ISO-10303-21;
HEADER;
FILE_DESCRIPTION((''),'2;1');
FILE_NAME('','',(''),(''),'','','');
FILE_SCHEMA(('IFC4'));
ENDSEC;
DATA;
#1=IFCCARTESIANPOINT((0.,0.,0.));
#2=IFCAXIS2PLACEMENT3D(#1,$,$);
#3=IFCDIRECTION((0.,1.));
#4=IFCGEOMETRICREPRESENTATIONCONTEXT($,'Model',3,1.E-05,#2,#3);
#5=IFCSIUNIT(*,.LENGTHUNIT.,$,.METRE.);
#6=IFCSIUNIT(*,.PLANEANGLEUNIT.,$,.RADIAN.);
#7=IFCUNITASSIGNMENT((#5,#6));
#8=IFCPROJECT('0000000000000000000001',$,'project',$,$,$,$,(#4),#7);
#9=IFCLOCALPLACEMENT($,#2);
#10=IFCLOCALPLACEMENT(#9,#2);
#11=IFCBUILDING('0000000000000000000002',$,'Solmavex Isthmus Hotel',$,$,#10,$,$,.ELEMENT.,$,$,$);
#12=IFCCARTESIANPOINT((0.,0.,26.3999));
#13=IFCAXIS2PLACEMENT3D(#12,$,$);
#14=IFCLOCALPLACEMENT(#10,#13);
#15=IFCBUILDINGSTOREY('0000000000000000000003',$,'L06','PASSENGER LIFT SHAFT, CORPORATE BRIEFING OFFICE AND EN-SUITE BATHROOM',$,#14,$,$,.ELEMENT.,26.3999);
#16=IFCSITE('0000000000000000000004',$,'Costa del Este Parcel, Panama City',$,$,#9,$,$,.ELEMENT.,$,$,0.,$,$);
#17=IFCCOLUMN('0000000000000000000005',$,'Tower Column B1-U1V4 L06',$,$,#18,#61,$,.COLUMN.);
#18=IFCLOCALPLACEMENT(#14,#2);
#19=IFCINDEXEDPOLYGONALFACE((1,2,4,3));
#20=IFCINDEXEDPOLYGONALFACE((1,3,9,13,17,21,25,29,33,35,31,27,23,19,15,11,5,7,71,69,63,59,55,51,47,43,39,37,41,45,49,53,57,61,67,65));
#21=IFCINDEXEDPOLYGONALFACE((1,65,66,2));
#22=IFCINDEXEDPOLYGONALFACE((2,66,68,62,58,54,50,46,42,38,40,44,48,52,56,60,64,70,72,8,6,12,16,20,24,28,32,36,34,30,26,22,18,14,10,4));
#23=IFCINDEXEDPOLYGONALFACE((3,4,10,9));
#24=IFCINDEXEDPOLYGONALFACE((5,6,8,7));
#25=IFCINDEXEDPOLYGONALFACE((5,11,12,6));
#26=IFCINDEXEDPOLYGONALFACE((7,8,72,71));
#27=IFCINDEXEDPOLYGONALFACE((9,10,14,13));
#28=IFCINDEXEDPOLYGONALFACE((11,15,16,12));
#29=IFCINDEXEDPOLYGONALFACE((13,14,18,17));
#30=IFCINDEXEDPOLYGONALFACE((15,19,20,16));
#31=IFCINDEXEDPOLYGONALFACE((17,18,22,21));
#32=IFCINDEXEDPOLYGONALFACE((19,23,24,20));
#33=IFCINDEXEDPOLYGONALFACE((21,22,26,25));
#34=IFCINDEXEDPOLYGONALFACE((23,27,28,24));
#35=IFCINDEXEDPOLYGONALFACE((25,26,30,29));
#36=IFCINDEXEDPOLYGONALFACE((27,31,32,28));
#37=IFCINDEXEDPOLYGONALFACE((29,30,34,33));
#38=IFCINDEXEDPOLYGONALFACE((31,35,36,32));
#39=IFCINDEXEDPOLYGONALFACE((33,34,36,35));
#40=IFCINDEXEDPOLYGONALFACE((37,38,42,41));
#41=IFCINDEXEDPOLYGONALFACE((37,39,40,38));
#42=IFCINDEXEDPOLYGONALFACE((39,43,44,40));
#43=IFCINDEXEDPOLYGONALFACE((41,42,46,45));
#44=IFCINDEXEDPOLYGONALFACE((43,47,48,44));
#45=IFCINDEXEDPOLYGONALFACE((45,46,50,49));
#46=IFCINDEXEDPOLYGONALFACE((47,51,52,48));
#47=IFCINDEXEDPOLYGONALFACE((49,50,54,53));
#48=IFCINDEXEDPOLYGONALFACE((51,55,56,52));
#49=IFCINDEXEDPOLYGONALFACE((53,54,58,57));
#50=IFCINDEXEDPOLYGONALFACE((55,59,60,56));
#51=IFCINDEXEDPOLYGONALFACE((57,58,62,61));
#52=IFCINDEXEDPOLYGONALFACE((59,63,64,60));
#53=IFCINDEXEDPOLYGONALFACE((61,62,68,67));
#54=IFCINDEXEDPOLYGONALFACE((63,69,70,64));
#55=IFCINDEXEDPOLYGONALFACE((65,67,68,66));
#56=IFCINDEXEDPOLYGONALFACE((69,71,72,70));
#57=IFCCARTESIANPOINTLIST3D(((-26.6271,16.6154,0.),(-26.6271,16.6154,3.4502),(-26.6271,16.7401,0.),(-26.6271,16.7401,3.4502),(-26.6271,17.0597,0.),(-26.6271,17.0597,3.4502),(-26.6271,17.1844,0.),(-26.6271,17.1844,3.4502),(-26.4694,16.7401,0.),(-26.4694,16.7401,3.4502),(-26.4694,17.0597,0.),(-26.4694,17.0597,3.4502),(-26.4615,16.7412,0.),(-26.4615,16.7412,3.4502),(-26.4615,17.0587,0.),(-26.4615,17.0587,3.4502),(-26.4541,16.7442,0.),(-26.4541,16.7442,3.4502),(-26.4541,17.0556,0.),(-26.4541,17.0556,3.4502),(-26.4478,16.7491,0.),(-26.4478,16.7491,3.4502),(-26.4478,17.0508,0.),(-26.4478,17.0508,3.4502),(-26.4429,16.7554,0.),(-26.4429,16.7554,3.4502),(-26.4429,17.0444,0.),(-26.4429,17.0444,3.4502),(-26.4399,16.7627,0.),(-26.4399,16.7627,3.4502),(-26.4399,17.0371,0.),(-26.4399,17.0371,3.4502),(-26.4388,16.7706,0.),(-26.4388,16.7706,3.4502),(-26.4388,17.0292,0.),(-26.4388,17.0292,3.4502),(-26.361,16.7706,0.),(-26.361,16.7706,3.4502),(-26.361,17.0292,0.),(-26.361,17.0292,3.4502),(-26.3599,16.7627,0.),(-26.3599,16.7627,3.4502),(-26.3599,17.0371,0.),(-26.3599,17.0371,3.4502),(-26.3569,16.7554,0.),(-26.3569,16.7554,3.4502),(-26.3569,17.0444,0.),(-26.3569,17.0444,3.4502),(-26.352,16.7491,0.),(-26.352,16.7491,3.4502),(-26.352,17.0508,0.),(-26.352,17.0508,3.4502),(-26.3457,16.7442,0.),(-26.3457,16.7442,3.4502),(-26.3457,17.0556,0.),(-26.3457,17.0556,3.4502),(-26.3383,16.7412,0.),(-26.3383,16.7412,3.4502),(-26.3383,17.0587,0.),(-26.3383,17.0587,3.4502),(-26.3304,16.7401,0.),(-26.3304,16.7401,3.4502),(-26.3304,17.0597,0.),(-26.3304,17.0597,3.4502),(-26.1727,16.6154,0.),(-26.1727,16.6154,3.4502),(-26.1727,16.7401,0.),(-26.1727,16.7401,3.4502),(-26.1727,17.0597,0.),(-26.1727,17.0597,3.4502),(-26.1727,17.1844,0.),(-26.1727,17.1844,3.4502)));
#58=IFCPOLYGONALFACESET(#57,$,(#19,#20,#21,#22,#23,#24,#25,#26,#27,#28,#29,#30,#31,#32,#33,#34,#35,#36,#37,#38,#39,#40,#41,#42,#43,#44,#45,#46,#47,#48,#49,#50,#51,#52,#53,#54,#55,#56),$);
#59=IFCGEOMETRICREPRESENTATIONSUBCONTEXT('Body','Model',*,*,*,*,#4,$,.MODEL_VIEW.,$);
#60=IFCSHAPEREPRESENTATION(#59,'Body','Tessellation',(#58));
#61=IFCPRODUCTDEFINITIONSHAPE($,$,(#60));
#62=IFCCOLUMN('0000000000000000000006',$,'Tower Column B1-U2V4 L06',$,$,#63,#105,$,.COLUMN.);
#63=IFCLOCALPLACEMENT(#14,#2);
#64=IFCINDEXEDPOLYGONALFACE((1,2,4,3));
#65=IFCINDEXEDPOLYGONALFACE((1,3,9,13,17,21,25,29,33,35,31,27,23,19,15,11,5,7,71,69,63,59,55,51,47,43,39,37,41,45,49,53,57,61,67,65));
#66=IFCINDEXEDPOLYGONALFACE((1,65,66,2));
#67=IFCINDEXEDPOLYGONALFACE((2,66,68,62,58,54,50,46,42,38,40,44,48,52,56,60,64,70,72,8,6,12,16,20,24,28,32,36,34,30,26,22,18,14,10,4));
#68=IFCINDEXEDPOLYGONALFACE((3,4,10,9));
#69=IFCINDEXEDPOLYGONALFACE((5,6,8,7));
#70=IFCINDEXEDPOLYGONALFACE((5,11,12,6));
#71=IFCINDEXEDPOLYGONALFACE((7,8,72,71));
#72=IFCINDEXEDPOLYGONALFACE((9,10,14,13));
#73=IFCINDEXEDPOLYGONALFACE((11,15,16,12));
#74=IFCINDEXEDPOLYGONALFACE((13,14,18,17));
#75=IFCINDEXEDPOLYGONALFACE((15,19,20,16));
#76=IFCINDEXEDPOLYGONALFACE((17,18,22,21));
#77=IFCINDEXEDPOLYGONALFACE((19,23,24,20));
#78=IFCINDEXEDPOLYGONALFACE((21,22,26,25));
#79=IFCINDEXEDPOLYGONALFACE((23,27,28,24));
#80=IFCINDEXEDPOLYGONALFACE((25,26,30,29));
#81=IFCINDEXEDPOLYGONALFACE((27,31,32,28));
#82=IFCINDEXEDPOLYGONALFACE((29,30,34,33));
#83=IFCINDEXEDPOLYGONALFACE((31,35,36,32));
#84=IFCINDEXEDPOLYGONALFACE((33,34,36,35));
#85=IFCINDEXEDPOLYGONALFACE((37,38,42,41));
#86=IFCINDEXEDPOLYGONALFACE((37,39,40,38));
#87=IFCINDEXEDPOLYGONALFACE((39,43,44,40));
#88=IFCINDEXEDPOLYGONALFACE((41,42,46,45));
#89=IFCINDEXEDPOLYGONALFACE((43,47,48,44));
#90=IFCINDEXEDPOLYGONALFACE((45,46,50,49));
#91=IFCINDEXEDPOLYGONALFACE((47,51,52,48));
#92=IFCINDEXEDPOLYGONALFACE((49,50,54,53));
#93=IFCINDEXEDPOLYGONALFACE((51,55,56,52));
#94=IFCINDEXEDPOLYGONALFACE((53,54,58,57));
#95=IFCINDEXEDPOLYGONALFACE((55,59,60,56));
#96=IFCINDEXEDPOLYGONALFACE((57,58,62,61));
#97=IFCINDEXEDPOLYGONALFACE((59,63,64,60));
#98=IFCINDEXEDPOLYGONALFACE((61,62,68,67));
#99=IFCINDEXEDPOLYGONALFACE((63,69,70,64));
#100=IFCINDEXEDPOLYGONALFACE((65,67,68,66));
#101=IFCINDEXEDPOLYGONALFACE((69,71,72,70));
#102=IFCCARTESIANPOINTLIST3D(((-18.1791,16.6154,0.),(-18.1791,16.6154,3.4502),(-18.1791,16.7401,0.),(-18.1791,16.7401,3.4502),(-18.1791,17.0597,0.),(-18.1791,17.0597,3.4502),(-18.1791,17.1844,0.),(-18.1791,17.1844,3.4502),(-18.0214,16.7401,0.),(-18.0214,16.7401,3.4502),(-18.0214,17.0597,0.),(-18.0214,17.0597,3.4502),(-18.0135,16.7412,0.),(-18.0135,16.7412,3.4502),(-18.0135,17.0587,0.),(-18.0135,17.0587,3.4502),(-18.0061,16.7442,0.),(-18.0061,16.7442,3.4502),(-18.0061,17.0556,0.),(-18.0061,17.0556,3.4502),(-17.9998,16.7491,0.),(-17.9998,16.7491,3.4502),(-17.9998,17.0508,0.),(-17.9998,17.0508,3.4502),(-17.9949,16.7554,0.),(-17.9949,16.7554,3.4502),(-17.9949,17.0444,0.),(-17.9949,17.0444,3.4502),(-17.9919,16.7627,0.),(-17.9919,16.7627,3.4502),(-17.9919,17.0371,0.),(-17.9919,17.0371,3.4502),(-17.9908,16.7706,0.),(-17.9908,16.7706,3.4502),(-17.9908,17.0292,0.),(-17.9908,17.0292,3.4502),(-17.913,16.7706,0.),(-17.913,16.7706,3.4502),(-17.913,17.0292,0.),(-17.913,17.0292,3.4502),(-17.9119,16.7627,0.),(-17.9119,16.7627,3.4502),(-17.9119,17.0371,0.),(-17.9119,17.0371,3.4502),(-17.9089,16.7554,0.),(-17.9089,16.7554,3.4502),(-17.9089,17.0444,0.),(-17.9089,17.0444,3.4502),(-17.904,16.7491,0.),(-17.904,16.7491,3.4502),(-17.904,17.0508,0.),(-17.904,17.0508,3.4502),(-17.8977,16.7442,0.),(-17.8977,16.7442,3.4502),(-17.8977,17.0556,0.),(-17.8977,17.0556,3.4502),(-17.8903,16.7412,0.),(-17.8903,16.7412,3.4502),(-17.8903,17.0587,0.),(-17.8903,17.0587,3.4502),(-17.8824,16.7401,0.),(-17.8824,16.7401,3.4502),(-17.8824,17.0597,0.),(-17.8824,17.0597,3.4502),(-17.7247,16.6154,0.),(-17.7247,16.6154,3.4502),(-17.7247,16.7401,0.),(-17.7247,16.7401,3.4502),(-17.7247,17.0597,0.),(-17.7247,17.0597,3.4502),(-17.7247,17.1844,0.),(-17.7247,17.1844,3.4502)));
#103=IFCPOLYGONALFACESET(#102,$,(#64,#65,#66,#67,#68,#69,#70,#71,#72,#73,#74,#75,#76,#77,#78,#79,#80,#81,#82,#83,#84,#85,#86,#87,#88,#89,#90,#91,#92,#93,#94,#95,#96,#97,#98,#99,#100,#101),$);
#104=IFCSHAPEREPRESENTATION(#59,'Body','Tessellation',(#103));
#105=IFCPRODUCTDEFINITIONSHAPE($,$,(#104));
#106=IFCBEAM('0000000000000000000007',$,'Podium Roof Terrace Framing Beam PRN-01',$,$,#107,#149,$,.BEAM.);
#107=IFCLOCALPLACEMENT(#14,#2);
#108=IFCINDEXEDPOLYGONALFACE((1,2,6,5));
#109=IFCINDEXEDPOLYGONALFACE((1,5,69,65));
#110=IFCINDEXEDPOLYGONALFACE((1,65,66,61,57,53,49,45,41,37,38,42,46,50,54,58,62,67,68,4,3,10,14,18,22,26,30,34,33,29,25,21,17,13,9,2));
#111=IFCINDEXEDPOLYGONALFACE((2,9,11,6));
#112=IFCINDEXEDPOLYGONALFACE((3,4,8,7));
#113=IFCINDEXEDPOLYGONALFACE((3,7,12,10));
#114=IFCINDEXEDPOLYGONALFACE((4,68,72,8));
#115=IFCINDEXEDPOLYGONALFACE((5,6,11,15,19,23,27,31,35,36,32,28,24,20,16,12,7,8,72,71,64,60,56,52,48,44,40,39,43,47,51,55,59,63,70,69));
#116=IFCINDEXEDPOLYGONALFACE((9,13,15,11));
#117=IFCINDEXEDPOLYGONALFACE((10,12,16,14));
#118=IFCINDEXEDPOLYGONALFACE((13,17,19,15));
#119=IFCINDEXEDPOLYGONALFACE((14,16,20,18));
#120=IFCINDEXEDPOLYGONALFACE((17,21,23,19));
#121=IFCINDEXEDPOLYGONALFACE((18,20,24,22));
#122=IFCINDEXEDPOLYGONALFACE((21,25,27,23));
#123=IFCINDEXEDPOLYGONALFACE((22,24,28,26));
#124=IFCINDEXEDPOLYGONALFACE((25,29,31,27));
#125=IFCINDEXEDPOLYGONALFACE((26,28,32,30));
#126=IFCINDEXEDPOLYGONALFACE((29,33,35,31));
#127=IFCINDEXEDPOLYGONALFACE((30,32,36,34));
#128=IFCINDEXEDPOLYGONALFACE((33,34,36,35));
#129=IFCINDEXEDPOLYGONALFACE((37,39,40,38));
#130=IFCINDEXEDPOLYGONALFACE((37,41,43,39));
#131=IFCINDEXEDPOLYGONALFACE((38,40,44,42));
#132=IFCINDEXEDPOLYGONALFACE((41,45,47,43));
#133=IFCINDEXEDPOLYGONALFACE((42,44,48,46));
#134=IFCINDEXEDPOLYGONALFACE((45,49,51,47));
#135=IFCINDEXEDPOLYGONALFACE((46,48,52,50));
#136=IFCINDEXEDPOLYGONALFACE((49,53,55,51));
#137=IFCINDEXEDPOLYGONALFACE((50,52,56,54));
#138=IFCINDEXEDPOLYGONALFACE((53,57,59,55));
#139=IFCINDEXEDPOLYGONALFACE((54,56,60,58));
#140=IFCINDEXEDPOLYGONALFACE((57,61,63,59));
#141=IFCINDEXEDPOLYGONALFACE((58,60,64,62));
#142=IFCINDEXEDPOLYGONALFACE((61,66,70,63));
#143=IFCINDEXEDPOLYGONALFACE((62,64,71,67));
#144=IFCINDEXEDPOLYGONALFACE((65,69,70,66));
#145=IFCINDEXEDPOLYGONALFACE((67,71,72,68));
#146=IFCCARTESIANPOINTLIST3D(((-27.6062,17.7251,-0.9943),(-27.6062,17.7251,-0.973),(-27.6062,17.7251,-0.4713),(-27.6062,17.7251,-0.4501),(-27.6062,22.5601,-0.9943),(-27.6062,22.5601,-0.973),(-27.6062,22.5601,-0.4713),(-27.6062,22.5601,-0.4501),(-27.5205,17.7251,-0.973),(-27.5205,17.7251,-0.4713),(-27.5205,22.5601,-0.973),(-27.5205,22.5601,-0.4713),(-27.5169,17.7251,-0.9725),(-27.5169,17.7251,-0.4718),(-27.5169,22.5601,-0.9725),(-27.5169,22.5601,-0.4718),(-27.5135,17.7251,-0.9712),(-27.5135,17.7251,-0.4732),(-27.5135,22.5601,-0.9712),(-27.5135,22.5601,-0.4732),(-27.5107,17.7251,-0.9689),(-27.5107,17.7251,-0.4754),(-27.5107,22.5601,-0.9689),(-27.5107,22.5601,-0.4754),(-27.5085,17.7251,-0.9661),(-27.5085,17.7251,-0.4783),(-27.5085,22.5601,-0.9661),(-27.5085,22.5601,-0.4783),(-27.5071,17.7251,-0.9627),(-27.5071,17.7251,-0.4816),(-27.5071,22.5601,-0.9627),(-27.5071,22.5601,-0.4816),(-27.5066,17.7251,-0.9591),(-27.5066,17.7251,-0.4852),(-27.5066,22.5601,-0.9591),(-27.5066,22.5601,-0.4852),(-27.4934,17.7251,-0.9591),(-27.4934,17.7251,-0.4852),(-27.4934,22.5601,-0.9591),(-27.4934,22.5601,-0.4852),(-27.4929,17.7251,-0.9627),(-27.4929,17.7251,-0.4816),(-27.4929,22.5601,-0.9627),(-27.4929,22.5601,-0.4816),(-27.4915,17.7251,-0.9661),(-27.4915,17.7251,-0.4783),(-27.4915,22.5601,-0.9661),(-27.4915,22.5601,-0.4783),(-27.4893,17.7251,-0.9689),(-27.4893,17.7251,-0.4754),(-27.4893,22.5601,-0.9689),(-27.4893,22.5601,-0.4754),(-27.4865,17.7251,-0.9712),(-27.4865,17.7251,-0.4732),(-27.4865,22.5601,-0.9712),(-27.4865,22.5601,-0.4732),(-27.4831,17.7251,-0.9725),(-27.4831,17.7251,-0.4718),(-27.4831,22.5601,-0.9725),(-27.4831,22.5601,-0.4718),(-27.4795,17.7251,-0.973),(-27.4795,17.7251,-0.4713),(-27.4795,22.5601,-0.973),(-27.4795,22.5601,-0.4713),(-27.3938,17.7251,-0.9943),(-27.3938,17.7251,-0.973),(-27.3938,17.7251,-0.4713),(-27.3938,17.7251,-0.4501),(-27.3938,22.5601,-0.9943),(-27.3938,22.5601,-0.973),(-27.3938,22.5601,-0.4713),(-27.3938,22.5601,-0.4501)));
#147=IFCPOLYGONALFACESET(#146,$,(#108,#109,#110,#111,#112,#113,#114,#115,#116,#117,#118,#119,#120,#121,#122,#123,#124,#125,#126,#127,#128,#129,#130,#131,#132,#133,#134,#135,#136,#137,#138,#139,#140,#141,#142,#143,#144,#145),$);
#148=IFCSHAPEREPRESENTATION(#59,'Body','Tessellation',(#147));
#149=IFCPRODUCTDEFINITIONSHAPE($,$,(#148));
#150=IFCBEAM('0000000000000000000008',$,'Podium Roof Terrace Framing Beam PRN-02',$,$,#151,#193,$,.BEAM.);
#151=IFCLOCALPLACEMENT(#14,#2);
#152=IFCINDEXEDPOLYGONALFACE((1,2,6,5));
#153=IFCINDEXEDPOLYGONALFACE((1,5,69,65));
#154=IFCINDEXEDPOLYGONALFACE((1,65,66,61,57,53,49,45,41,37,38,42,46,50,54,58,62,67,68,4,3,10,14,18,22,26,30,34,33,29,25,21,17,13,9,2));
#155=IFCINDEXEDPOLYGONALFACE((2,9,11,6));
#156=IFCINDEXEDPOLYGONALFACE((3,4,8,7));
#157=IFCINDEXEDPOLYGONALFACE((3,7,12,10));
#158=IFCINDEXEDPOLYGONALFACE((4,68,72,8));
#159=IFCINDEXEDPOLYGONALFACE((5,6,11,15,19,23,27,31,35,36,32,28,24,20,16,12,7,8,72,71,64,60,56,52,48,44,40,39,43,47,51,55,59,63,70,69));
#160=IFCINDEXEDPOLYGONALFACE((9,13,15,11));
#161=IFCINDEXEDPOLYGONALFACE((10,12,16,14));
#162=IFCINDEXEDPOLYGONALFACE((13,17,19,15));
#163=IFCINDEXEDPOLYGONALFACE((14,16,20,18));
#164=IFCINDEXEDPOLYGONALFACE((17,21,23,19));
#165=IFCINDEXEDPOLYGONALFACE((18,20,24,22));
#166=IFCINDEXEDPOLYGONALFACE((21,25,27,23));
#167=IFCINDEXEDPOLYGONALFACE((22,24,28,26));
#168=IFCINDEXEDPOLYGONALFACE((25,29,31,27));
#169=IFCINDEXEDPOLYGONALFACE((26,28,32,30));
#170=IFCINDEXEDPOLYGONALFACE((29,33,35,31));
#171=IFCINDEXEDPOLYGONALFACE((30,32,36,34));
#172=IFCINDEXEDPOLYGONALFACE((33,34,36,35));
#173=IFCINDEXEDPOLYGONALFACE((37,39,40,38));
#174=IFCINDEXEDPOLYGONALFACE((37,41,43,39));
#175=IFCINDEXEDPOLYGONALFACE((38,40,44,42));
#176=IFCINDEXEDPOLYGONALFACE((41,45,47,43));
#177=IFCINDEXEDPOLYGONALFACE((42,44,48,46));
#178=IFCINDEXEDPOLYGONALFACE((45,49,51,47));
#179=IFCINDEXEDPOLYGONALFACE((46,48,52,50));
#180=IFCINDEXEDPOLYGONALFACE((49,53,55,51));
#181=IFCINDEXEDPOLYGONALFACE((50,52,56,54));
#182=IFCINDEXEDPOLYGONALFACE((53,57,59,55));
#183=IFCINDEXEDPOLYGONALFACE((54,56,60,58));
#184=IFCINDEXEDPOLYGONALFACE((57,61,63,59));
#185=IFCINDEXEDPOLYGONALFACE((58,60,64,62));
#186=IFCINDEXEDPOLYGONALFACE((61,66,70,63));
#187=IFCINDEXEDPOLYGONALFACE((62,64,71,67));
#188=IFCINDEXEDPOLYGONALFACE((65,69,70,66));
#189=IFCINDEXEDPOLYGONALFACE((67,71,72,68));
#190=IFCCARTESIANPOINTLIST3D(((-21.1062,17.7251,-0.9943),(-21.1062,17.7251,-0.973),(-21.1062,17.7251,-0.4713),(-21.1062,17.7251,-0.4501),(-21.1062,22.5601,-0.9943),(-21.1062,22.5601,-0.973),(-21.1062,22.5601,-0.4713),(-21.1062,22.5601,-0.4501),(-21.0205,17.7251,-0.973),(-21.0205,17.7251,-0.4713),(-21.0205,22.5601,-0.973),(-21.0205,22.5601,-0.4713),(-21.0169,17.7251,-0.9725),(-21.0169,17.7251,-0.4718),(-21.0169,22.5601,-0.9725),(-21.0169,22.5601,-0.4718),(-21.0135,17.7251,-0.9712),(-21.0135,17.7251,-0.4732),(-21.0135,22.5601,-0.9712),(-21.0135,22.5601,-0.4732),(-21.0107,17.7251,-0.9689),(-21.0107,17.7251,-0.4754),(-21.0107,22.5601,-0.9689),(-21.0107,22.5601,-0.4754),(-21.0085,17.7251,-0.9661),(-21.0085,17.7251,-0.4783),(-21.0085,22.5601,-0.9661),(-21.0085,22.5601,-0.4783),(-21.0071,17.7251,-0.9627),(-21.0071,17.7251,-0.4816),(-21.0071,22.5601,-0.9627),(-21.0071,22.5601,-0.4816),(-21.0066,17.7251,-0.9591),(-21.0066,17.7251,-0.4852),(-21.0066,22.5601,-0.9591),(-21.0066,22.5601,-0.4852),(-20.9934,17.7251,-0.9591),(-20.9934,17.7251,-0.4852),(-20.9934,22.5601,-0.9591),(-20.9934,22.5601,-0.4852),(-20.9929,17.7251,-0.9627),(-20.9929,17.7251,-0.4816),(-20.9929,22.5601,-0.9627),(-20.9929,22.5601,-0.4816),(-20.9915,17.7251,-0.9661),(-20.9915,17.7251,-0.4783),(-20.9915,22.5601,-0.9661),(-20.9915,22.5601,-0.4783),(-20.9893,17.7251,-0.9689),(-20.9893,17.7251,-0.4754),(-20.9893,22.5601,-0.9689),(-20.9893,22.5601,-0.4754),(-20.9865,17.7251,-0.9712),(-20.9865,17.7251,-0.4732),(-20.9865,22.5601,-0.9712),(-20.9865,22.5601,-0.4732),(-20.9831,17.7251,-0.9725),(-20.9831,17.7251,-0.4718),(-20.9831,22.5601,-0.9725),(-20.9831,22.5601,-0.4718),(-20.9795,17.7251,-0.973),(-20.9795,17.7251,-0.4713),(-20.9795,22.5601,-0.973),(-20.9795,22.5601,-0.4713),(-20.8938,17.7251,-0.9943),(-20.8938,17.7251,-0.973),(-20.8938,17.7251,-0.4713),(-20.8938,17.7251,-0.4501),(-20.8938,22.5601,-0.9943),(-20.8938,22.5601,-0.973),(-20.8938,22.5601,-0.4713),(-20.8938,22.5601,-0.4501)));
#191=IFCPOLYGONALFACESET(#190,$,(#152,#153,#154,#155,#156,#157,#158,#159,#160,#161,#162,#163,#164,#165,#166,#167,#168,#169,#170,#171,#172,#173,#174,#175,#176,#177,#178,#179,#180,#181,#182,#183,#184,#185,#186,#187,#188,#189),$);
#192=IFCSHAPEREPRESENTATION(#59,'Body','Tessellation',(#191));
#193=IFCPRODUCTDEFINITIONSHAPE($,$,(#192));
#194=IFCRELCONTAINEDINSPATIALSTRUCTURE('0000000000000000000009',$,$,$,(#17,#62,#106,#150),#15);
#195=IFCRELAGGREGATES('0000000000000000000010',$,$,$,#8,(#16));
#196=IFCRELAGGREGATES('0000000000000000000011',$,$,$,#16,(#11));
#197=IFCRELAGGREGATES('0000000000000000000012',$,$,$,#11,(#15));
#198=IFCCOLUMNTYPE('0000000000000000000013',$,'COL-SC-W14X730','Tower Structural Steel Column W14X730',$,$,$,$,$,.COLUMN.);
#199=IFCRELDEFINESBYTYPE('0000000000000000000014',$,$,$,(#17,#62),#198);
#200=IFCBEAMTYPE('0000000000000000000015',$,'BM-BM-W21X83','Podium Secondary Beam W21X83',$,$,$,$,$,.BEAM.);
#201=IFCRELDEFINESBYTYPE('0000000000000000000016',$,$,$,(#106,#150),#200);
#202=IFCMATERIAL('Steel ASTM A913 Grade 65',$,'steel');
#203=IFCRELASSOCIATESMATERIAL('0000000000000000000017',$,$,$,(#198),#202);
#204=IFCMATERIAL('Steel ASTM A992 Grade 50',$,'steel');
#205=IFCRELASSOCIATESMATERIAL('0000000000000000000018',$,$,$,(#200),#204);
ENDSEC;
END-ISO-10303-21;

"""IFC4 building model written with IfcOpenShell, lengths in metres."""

from ifc_helpers import new_model, si_unit, direction, frame, origin, origin_2d, place, context, subcontext, project, spatial, i_section, extrude, material, material_profile, profile_set, type_object, element, save


model = new_model("IFC4")

# Units and contexts
model_context = context("Model", 3, precision=1e-05, world=origin(), true_north=direction((0.0, 1.0)))
body_context = subcontext(model_context, "Body", "Model", "MODEL_VIEW")
ifc_project = project(units=[si_unit("LENGTHUNIT", "METRE"), si_unit("PLANEANGLEUNIT", "RADIAN")], contexts=[model_context])

# Site, building, storey
site_placement = place(None, origin())
site = spatial("IfcSite", under=ifc_project, at=site_placement, Name="Costa del Este Parcel, Panama City", CompositionType="ELEMENT", RefElevation=0.0)
building_placement = place(site_placement, origin())
building = spatial("IfcBuilding", under=site, at=building_placement, Name="Solmavex Isthmus Hotel", CompositionType="ELEMENT")
storey_placement = place(building_placement, frame((0.0, 0.0, 26.3999)))
storey = spatial("IfcBuildingStorey", under=building, at=storey_placement, Name="L06", Description="PASSENGER LIFT SHAFT, CORPORATE BRIEFING OFFICE AND EN-SUITE BATHROOM", CompositionType="ELEMENT", Elevation=26.3999)

# Columns
ifc_material_1 = material(Name="Steel ASTM A913 Grade 65", Category="steel")
ifc_material_profile_1 = material_profile(ifc_material_1, i_section(OverallWidth=0.4543, OverallDepth=0.5691, WebThickness=0.0779, FlangeThickness=0.1248, FilletRadius=0.0305, at=origin_2d()), Name="W14X730")
ifc_profile_set_1 = profile_set([ifc_material_profile_1], Name="Steel ASTM A913 Grade 65")
column_type = type_object("IfcColumnType", Name="COL-SC-W14X730", Description="Tower Structural Steel Column W14X730", PredefinedType="COLUMN", material=ifc_profile_set_1)
for number, where, z_axis, x_axis, name in (
    (1, (-26.3999, 16.8999, 0.0), (0.0, 0.0, 1.0), (1.0, 0.0, 0.0), "Tower Column B1-U1V4 L06"),
    (2, (-17.9519, 16.8999, 0.0), (0.0, 0.0, 1.0), (1.0, 0.0, 0.0), "Tower Column B1-U2V4 L06"),
):
    element("IfcColumn", number, at=place(storey_placement, frame(where, z_axis=z_axis, x_axis=x_axis)), inside=storey, type_object=column_type, Name=name, PredefinedType="COLUMN", context=body_context, shape_type="SweptSolid", body=[
        extrude(i_section(OverallWidth=0.4543, OverallDepth=0.5691, WebThickness=0.0779, FlangeThickness=0.1248, FilletRadius=0.0305, at=origin_2d()), origin(), (0.0, 0.0, 1.0), 3.4502),
    ])

# Beams
ifc_material_2 = material(Name="Steel ASTM A992 Grade 50", Category="steel")
ifc_material_profile_2 = material_profile(ifc_material_2, i_section(OverallWidth=0.2124, OverallDepth=0.5442, WebThickness=0.0132, FlangeThickness=0.0212, FilletRadius=0.0139, at=origin_2d()), Name="W21X83")
ifc_profile_set_2 = profile_set([ifc_material_profile_2], Name="Steel ASTM A992 Grade 50")
beam_type_1 = type_object("IfcBeamType", Name="BM-BM-W21X83", Description="Podium Secondary Beam W21X83", PredefinedType="BEAM", material=ifc_profile_set_2)
for number, where, z_axis, x_axis, name in (
    (3, (-27.5, 17.7251, -0.7222), (0.0, 1.0, 0.0), (-1.0, 0.0, 0.0), "Podium Roof Terrace Framing Beam PRN-01"),
    (4, (-21.0, 17.7251, -0.7222), (0.0, 1.0, 0.0), (-1.0, 0.0, 0.0), "Podium Roof Terrace Framing Beam PRN-02"),
):
    element("IfcBeam", number, at=place(storey_placement, frame(where, z_axis=z_axis, x_axis=x_axis)), inside=storey, type_object=beam_type_1, Name=name, PredefinedType="BEAM", context=body_context, shape_type="SweptSolid", body=[
        extrude(i_section(OverallWidth=0.2124, OverallDepth=0.5442, WebThickness=0.0132, FlangeThickness=0.0212, FilletRadius=0.0139, at=origin_2d()), origin(), (0.0, 0.0, 1.0), 4.835),
    ])

save(model, "model.ifc")
